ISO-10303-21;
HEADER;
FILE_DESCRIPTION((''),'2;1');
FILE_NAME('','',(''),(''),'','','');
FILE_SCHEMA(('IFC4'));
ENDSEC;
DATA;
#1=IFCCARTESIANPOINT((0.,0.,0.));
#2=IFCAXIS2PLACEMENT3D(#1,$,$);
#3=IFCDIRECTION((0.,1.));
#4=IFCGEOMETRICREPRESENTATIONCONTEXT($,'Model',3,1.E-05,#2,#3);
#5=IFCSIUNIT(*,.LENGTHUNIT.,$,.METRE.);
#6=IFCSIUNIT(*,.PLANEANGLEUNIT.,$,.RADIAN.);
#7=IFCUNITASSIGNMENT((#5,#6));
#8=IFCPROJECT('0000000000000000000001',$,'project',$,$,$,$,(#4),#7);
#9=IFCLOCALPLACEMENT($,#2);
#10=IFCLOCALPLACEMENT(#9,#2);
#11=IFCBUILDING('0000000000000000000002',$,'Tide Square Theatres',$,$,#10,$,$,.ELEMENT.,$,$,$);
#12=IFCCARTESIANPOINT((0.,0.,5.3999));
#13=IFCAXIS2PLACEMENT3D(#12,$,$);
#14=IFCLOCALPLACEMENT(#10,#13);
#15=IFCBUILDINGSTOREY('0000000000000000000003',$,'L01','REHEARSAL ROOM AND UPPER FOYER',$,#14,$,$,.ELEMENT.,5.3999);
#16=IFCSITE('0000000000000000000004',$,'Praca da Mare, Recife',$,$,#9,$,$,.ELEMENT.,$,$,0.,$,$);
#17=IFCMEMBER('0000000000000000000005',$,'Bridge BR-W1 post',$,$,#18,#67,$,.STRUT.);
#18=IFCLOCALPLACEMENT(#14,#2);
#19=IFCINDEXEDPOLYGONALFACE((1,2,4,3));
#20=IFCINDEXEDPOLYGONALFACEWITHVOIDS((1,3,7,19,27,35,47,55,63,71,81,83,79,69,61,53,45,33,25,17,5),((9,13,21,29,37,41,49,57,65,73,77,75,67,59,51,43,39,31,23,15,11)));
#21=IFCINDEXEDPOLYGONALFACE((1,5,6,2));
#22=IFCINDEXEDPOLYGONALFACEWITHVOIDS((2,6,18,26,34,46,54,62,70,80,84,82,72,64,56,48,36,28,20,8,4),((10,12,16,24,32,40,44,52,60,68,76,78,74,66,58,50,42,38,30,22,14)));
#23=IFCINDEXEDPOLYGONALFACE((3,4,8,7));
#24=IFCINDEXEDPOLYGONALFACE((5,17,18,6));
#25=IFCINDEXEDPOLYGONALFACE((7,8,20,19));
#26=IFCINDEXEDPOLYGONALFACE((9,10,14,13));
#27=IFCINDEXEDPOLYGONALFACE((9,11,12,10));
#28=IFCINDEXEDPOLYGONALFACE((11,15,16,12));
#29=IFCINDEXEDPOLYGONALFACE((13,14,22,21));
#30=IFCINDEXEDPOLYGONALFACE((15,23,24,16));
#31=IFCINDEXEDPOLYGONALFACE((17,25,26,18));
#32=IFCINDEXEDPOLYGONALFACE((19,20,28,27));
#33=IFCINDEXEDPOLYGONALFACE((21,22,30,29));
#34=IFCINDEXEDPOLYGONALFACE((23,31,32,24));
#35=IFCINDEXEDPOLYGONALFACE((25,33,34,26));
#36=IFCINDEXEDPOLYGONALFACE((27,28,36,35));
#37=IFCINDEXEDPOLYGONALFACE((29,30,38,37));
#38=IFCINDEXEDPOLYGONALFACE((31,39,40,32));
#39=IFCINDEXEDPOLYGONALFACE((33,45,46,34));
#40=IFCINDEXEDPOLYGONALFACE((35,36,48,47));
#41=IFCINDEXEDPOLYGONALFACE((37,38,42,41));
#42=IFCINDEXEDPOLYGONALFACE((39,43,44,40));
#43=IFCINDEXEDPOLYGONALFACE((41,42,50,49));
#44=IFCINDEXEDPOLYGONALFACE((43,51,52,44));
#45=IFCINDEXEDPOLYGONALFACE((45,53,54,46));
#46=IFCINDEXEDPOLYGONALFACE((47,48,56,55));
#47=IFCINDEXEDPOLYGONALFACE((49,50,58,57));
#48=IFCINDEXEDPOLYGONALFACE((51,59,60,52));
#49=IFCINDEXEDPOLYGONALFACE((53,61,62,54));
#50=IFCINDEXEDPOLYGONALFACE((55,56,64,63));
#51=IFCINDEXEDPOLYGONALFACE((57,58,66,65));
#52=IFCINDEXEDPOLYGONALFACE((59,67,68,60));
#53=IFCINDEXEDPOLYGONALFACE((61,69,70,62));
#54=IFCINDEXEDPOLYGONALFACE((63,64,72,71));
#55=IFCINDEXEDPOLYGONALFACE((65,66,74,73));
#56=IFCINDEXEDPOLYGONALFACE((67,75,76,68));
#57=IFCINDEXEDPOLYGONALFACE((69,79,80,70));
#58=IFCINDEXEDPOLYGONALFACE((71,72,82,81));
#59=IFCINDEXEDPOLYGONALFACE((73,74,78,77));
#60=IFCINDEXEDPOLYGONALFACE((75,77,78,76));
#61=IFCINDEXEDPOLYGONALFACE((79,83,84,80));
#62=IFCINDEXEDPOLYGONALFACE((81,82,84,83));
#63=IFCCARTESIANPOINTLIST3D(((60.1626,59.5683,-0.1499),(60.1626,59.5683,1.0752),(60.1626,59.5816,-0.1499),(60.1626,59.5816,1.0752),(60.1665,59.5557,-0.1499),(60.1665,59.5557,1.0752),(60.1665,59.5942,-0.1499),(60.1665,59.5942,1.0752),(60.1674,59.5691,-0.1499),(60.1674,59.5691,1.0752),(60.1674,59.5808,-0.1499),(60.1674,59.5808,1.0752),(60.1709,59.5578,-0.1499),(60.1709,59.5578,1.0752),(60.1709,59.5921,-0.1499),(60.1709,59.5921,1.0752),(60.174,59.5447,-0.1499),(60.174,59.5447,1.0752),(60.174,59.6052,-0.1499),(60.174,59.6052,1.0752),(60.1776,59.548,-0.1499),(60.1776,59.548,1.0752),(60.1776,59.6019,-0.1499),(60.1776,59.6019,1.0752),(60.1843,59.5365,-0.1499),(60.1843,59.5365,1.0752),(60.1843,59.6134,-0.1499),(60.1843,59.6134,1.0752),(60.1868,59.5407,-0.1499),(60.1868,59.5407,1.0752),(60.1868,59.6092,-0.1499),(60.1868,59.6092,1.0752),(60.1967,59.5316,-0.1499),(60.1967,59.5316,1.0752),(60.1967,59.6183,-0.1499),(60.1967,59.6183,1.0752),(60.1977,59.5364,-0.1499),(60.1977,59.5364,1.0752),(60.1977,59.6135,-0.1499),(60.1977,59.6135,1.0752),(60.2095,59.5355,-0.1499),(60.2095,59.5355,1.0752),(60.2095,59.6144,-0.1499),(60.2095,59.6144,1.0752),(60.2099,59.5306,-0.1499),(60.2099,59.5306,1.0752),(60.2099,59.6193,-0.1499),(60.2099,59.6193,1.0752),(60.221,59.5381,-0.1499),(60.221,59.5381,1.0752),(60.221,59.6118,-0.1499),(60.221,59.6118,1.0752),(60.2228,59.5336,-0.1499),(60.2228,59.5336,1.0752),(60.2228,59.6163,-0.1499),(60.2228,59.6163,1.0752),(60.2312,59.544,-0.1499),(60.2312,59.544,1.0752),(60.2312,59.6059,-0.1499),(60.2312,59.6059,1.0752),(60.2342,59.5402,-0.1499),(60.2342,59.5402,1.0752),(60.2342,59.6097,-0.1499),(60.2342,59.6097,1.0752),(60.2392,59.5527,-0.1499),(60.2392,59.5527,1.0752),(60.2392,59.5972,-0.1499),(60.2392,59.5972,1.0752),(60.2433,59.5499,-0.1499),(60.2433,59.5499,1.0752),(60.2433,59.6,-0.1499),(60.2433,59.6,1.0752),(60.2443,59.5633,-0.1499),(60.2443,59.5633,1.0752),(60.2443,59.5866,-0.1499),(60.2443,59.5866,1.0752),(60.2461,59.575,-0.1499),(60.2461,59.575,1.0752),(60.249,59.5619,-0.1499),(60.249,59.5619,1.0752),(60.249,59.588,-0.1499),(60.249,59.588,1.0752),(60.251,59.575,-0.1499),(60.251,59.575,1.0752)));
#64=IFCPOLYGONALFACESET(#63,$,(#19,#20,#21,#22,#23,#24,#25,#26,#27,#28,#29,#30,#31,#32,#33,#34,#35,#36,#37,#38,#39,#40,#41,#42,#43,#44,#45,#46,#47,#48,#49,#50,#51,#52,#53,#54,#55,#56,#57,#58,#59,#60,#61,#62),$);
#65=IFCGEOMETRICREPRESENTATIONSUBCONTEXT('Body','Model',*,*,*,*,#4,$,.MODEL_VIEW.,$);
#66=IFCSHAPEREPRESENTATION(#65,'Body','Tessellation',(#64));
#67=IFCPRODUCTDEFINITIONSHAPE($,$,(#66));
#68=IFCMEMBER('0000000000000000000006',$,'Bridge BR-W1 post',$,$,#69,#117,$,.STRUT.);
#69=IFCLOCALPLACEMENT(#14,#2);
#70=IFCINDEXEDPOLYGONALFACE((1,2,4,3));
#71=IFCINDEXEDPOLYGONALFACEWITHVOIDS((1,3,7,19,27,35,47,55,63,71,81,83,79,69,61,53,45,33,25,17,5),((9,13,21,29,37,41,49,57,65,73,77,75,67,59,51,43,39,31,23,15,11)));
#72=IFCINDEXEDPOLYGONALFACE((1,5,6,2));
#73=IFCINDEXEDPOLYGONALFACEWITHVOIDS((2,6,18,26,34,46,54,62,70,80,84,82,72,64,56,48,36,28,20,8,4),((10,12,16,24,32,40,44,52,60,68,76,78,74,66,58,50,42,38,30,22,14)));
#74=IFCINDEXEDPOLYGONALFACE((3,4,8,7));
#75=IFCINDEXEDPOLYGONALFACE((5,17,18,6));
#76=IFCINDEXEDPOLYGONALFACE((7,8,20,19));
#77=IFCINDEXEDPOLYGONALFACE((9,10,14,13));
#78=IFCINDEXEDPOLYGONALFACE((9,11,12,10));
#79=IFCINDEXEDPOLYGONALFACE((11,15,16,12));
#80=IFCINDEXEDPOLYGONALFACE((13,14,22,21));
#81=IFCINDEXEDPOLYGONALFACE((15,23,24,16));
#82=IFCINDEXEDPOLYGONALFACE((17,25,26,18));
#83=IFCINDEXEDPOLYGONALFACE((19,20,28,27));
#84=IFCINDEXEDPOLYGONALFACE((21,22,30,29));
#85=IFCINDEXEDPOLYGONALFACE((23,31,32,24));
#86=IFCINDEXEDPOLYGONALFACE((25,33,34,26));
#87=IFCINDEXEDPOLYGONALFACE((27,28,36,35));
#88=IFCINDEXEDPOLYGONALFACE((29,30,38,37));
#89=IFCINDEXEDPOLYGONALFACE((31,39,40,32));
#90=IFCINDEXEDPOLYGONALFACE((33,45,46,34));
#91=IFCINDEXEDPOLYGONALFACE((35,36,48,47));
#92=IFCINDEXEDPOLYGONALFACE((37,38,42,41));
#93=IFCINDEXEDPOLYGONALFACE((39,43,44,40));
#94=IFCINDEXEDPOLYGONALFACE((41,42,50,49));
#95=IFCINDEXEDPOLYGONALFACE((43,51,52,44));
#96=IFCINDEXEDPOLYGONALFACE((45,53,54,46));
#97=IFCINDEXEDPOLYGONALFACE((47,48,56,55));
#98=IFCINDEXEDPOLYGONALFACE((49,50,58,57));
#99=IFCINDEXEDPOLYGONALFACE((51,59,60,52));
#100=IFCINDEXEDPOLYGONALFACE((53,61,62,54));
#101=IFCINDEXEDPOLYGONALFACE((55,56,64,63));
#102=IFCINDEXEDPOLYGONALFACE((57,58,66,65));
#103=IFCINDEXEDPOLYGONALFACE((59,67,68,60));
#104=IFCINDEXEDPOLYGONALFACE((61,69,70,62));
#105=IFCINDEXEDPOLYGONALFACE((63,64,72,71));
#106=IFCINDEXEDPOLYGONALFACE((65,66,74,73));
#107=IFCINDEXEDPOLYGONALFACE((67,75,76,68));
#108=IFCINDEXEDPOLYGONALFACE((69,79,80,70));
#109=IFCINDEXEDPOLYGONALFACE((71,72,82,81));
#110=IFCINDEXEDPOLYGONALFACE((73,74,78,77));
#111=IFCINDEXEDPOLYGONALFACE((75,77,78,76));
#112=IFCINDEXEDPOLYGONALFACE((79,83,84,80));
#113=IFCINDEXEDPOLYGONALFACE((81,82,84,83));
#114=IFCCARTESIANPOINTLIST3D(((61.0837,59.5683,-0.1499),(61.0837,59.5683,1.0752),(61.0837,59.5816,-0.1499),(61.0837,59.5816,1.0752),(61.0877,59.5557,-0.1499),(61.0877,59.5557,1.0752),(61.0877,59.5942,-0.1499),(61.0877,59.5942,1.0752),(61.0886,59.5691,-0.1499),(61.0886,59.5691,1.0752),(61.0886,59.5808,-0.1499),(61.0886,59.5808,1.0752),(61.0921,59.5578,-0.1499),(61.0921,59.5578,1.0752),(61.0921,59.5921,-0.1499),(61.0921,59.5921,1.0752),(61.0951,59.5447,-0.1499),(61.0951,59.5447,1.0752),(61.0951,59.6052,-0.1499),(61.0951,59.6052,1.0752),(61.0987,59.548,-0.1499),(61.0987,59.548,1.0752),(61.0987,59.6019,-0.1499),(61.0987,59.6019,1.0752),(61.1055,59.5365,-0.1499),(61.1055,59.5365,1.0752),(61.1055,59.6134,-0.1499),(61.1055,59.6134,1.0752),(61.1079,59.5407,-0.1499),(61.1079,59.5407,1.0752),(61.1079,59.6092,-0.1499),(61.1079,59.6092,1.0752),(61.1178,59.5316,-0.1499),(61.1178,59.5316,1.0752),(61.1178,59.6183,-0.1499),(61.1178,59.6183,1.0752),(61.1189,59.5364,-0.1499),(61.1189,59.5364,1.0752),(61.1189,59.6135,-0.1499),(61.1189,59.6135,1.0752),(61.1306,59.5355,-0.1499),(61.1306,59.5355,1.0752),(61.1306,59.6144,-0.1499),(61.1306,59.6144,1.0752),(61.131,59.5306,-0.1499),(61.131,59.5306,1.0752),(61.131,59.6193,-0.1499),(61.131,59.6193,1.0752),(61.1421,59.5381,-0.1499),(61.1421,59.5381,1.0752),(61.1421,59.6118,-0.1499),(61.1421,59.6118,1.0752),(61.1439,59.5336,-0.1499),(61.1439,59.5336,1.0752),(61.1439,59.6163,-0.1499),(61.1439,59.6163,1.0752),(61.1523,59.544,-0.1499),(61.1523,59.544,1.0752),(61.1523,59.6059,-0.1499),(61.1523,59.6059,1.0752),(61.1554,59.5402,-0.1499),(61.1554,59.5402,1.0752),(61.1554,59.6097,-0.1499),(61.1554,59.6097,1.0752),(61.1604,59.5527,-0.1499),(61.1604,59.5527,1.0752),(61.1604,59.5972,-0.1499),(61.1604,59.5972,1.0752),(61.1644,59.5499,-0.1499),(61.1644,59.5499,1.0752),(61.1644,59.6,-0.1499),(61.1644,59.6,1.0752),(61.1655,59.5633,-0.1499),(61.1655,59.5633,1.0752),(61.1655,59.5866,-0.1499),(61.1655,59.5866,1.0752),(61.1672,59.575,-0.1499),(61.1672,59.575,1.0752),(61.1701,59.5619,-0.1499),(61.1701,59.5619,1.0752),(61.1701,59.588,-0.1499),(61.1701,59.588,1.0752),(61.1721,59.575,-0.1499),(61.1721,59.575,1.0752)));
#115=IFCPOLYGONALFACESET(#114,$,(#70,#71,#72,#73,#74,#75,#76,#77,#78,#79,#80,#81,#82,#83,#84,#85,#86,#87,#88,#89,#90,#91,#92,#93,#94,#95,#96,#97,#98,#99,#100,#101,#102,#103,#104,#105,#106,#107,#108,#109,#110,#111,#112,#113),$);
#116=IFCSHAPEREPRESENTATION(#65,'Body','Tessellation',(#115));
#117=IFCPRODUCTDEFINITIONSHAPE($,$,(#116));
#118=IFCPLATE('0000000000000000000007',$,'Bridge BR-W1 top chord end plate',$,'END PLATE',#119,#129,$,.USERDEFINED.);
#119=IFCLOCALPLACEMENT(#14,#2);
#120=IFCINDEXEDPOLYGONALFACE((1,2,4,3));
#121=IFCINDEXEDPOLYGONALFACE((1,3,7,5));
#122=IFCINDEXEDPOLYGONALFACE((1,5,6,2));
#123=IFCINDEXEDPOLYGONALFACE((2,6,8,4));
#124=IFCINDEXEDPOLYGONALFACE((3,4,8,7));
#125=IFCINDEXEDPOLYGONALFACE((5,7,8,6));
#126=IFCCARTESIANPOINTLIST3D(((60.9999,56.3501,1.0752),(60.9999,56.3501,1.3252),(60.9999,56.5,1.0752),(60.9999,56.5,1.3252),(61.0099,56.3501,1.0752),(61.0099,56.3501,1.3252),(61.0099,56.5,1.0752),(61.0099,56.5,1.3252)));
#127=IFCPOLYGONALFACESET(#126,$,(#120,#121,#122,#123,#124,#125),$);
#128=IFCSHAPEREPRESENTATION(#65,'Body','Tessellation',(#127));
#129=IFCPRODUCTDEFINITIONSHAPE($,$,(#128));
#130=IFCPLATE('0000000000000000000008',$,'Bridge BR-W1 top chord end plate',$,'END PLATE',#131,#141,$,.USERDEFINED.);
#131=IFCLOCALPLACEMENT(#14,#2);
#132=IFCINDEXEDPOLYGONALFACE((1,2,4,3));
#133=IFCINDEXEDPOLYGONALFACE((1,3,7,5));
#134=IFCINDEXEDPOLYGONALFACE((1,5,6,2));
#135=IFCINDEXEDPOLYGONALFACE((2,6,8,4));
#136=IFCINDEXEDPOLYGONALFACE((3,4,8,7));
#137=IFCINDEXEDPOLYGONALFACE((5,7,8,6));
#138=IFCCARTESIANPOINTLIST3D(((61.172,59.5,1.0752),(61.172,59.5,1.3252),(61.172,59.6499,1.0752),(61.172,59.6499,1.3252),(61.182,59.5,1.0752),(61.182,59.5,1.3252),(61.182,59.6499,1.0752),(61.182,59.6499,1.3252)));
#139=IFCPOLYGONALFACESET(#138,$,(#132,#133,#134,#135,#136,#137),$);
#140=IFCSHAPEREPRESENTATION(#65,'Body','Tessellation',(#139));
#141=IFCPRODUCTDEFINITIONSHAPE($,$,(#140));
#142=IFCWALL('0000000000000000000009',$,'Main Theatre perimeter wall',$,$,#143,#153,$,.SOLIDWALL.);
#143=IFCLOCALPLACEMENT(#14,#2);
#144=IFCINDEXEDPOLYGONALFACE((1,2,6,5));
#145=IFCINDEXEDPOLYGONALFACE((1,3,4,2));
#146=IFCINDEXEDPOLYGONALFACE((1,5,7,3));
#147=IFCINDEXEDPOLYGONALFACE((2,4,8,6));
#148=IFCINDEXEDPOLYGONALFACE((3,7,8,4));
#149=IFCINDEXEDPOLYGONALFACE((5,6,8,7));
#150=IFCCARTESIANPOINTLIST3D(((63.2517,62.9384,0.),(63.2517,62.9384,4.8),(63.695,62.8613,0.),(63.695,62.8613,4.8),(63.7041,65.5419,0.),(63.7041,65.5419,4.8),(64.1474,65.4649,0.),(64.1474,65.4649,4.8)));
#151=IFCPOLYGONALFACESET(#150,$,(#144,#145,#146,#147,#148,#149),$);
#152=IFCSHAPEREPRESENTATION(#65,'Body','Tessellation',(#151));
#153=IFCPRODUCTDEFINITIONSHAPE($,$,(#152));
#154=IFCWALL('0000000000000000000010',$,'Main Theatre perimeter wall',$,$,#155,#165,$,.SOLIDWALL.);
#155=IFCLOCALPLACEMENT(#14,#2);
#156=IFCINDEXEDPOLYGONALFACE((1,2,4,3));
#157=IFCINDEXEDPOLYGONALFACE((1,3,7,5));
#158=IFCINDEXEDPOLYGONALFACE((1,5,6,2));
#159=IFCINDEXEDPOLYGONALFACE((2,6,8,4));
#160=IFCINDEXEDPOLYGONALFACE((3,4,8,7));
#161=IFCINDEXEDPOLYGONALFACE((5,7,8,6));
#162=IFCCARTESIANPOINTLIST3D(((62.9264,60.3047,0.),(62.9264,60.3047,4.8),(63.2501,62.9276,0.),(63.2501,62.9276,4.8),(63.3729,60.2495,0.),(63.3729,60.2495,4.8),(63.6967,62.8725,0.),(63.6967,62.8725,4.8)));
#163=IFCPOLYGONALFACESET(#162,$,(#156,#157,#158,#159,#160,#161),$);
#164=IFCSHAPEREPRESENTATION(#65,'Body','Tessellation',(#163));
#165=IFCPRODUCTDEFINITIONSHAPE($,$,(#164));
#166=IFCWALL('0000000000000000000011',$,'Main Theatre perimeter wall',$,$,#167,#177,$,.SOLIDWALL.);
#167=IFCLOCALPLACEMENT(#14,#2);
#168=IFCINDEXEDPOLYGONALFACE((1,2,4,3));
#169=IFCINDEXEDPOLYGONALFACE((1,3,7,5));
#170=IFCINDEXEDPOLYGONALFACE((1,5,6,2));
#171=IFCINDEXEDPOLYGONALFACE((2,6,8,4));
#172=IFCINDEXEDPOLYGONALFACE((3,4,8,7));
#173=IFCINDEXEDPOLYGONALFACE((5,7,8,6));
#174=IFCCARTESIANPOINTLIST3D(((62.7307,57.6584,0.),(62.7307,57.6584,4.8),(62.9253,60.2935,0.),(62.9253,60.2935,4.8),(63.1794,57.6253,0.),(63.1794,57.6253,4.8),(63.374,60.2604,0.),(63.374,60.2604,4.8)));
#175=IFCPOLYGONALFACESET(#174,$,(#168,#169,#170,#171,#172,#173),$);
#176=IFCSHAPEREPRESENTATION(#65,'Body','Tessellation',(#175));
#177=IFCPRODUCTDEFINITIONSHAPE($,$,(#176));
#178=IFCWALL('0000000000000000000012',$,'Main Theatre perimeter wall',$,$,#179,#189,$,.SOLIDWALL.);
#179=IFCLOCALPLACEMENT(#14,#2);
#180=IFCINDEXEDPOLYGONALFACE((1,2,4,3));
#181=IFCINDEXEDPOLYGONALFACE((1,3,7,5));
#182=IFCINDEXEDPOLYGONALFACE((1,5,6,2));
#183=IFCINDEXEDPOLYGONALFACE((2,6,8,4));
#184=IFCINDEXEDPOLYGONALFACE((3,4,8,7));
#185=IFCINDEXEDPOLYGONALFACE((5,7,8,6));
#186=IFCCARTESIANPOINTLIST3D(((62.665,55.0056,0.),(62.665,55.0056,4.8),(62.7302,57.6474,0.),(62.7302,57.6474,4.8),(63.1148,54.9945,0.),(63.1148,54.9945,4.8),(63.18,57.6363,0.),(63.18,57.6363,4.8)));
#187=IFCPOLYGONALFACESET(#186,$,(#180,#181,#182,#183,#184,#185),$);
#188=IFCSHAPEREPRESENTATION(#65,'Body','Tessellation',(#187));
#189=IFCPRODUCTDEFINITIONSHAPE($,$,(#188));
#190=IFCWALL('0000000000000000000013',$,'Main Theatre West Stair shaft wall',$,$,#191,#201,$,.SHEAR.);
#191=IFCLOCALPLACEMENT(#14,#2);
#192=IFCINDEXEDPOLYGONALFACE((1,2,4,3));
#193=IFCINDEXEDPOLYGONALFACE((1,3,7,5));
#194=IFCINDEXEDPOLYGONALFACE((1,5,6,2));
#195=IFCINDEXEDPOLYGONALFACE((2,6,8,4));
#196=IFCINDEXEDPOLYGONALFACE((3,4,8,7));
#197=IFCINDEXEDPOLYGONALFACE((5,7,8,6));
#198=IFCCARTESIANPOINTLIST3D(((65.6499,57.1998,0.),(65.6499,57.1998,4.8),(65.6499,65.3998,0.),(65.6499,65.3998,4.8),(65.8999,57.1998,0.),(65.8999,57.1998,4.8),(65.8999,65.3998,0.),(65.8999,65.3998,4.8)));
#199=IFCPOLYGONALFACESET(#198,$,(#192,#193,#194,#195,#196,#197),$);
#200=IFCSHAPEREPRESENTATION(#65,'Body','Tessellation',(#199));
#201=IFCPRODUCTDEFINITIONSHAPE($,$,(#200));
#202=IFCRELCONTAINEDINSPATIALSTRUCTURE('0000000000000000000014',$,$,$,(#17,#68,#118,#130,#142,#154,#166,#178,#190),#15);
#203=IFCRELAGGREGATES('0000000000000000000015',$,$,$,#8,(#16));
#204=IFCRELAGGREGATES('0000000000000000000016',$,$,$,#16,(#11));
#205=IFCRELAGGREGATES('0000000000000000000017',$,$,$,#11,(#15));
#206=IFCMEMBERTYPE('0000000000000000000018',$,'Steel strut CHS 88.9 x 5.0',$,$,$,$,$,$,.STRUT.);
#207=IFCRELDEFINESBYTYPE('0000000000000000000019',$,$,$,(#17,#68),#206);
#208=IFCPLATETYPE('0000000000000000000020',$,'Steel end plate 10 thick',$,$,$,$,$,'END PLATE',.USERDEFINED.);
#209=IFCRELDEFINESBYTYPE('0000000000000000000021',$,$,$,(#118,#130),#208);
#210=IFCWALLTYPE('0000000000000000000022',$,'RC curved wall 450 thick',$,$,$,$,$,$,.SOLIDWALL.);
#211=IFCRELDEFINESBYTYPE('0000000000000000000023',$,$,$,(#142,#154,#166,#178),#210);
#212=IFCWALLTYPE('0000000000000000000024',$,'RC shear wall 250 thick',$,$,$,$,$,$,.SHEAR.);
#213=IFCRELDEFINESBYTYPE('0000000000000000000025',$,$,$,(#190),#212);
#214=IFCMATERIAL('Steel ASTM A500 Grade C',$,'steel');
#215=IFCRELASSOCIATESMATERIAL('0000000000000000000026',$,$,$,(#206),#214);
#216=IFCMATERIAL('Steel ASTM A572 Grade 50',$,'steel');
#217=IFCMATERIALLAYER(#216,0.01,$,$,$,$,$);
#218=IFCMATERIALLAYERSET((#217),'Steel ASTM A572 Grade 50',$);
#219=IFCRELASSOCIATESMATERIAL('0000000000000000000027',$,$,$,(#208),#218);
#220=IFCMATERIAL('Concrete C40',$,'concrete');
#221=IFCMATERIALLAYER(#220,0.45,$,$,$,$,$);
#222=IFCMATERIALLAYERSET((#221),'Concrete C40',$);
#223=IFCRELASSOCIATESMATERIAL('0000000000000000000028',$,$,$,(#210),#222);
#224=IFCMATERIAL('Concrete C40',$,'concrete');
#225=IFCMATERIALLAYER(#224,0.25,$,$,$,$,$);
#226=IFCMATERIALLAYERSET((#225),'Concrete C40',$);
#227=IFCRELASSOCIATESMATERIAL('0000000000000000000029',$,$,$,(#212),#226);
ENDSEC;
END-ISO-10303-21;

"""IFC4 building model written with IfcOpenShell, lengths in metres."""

from ifc_helpers import new_model, si_unit, direction, frame, frame_2d, origin, origin_2d, place, context, subcontext, project, spatial, rectangle, hollow_circle, extrude, material, layer, layer_set, material_profile, profile_set, type_object, element, save


model = new_model("IFC4")

# Units and contexts
model_context = context("Model", 3, precision=1e-05, world=origin(), true_north=direction((0.0, 1.0)))
body_context = subcontext(model_context, "Body", "Model", "MODEL_VIEW")
ifc_project = project(units=[si_unit("LENGTHUNIT", "METRE"), si_unit("PLANEANGLEUNIT", "RADIAN")], contexts=[model_context])

# Site, building, storey
site_placement = place(None, origin())
site = spatial("IfcSite", under=ifc_project, at=site_placement, Name="Praca da Mare, Recife", CompositionType="ELEMENT", RefElevation=0.0)
building_placement = place(site_placement, origin())
building = spatial("IfcBuilding", under=site, at=building_placement, Name="Tide Square Theatres", CompositionType="ELEMENT")
storey_placement = place(building_placement, frame((0.0, 0.0, 5.3999)))
storey = spatial("IfcBuildingStorey", under=building, at=storey_placement, Name="L01", Description="REHEARSAL ROOM AND UPPER FOYER", CompositionType="ELEMENT", Elevation=5.3999)

# Members
ifc_material_1 = material(Name="Steel ASTM A500 Grade C", Category="steel")
ifc_material_profile_1 = material_profile(ifc_material_1, hollow_circle(Radius=0.0444, WallThickness=0.0049, at=origin_2d()))
ifc_profile_set_1 = profile_set([ifc_material_profile_1], Name="Steel ASTM A500 Grade C")
member_type_1 = type_object("IfcMemberType", Name="Steel strut CHS 88.9 x 5.0", PredefinedType="STRUT", material=ifc_profile_set_1)
for number, where, z_axis, x_axis, name in (
    (1, (60.2065, 59.575, -0.1499), (0.0, 0.0, 1.0), (1.0, 0.0, 0.0), "Bridge BR-W1 post"),
    (2, (61.1277, 59.575, -0.1499), (0.0, 0.0, 1.0), (1.0, 0.0, 0.0), "Bridge BR-W1 post"),
):
    element("IfcMember", number, at=place(storey_placement, frame(where, z_axis=z_axis, x_axis=x_axis)), inside=storey, type_object=member_type_1, Name=name, PredefinedType="STRUT", context=body_context, shape_type="SweptSolid", body=[
        extrude(hollow_circle(Radius=0.0444, WallThickness=0.0049, at=origin_2d()), origin(), (0.0, 0.0, 1.0), 1.2251),
    ])

# Plates
ifc_material_2 = material(Name="Steel ASTM A572 Grade 50", Category="steel")
ifc_layer_1 = layer(ifc_material_2, 0.01)
ifc_layer_set_1 = layer_set([ifc_layer_1], Name="Steel ASTM A572 Grade 50")
plate_type = type_object("IfcPlateType", Name="Steel end plate 10 thick", ElementType="END PLATE", PredefinedType="USERDEFINED", material=ifc_layer_set_1)
for number, where, z_axis, x_axis, name in (
    (3, (61.0049, 56.425, 1.0752), (0.0, 0.0, 1.0), (1.0, 0.0, 0.0), "Bridge BR-W1 top chord end plate"),
    (4, (61.177, 59.575, 1.0752), (0.0, 0.0, 1.0), (1.0, 0.0, 0.0), "Bridge BR-W1 top chord end plate"),
):
    element("IfcPlate", number, at=place(storey_placement, frame(where, z_axis=z_axis, x_axis=x_axis)), inside=storey, type_object=plate_type, Name=name, ObjectType="END PLATE", PredefinedType="USERDEFINED", context=body_context, shape_type="SweptSolid", body=[
        extrude(rectangle(XDim=0.01, YDim=0.1499, at=origin_2d()), origin(), (0.0, 0.0, 1.0), 0.25),
    ])

# Walls
ifc_material_3 = material(Name="Concrete C40", Category="concrete")
ifc_layer_2 = layer(ifc_material_3, 0.45)
ifc_layer_set_2 = layer_set([ifc_layer_2], Name="Concrete C40")
wall_type_1 = type_object("IfcWallType", Name="RC curved wall 450 thick", PredefinedType="SOLIDWALL", material=ifc_layer_set_2)
wall_1_placement = place(storey_placement, frame((63.9258, 65.5034, 0.0), z_axis=(0.0, 0.0, 1.0), x_axis=(-0.171197, -0.985237, 0.0)))
element("IfcWall", 5, at=wall_1_placement, inside=storey, type_object=wall_type_1, Name="Main Theatre perimeter wall", PredefinedType="SOLIDWALL", context=body_context, shape_type="SweptSolid", body=[
    extrude(rectangle(XDim=2.6426, YDim=0.45, at=frame_2d((1.3213, 0.0))), origin(), (0.0, 0.0, 1.0), 4.8),
])
wall_2_placement = place(storey_placement, frame((63.4734, 62.8999, 0.0), z_axis=(0.0, 0.0, 1.0), x_axis=(-0.1225, -0.992469, 0.0)))
element("IfcWall", 6, at=wall_2_placement, inside=storey, type_object=wall_type_1, Name="Main Theatre perimeter wall", PredefinedType="SOLIDWALL", context=body_context, shape_type="SweptSolid", body=[
    extrude(rectangle(XDim=2.6428, YDim=0.45, at=frame_2d((1.3213, 0.0))), origin(), (0.0, 0.0, 1.0), 4.8),
])
wall_3_placement = place(storey_placement, frame((63.1497, 60.2771, 0.0), z_axis=(0.0, 0.0, 1.0), x_axis=(-0.073637, -0.997285, 0.0)))
element("IfcWall", 7, at=wall_3_placement, inside=storey, type_object=wall_type_1, Name="Main Theatre perimeter wall", PredefinedType="SOLIDWALL", context=body_context, shape_type="SweptSolid", body=[
    extrude(rectangle(XDim=2.6423, YDim=0.45, at=frame_2d((1.3213, 0.0))), origin(), (0.0, 0.0, 1.0), 4.8),
])
wall_4_placement = place(storey_placement, frame((62.9551, 57.6418, 0.0), z_axis=(0.0, 0.0, 1.0), x_axis=(-0.024667, -0.999696, 0.0)))
element("IfcWall", 8, at=wall_4_placement, inside=storey, type_object=wall_type_1, Name="Main Theatre perimeter wall", PredefinedType="SOLIDWALL", context=body_context, shape_type="SweptSolid", body=[
    extrude(rectangle(XDim=2.6426, YDim=0.45, at=frame_2d((1.3213, 0.0))), origin(), (0.0, 0.0, 1.0), 4.8),
])
ifc_material_4 = material(Name="Concrete C40", Category="concrete")
ifc_layer_3 = layer(ifc_material_4, 0.25)
ifc_layer_set_3 = layer_set([ifc_layer_3], Name="Concrete C40")
wall_type_2 = type_object("IfcWallType", Name="RC shear wall 250 thick", PredefinedType="SHEAR", material=ifc_layer_set_3)
wall_5_placement = place(storey_placement, frame((65.7749, 65.3999, 0.0), z_axis=(0.0, 0.0, 1.0), x_axis=(0.0, -1.0, 0.0)))
element("IfcWall", 9, at=wall_5_placement, inside=storey, type_object=wall_type_2, Name="Main Theatre West Stair shaft wall", PredefinedType="SHEAR", context=body_context, shape_type="SweptSolid", body=[
    extrude(rectangle(XDim=8.2, YDim=0.25, at=frame_2d((4.1001, 0.0))), origin(), (0.0, 0.0, 1.0), 4.8),
])

save(model, "model.ifc")
